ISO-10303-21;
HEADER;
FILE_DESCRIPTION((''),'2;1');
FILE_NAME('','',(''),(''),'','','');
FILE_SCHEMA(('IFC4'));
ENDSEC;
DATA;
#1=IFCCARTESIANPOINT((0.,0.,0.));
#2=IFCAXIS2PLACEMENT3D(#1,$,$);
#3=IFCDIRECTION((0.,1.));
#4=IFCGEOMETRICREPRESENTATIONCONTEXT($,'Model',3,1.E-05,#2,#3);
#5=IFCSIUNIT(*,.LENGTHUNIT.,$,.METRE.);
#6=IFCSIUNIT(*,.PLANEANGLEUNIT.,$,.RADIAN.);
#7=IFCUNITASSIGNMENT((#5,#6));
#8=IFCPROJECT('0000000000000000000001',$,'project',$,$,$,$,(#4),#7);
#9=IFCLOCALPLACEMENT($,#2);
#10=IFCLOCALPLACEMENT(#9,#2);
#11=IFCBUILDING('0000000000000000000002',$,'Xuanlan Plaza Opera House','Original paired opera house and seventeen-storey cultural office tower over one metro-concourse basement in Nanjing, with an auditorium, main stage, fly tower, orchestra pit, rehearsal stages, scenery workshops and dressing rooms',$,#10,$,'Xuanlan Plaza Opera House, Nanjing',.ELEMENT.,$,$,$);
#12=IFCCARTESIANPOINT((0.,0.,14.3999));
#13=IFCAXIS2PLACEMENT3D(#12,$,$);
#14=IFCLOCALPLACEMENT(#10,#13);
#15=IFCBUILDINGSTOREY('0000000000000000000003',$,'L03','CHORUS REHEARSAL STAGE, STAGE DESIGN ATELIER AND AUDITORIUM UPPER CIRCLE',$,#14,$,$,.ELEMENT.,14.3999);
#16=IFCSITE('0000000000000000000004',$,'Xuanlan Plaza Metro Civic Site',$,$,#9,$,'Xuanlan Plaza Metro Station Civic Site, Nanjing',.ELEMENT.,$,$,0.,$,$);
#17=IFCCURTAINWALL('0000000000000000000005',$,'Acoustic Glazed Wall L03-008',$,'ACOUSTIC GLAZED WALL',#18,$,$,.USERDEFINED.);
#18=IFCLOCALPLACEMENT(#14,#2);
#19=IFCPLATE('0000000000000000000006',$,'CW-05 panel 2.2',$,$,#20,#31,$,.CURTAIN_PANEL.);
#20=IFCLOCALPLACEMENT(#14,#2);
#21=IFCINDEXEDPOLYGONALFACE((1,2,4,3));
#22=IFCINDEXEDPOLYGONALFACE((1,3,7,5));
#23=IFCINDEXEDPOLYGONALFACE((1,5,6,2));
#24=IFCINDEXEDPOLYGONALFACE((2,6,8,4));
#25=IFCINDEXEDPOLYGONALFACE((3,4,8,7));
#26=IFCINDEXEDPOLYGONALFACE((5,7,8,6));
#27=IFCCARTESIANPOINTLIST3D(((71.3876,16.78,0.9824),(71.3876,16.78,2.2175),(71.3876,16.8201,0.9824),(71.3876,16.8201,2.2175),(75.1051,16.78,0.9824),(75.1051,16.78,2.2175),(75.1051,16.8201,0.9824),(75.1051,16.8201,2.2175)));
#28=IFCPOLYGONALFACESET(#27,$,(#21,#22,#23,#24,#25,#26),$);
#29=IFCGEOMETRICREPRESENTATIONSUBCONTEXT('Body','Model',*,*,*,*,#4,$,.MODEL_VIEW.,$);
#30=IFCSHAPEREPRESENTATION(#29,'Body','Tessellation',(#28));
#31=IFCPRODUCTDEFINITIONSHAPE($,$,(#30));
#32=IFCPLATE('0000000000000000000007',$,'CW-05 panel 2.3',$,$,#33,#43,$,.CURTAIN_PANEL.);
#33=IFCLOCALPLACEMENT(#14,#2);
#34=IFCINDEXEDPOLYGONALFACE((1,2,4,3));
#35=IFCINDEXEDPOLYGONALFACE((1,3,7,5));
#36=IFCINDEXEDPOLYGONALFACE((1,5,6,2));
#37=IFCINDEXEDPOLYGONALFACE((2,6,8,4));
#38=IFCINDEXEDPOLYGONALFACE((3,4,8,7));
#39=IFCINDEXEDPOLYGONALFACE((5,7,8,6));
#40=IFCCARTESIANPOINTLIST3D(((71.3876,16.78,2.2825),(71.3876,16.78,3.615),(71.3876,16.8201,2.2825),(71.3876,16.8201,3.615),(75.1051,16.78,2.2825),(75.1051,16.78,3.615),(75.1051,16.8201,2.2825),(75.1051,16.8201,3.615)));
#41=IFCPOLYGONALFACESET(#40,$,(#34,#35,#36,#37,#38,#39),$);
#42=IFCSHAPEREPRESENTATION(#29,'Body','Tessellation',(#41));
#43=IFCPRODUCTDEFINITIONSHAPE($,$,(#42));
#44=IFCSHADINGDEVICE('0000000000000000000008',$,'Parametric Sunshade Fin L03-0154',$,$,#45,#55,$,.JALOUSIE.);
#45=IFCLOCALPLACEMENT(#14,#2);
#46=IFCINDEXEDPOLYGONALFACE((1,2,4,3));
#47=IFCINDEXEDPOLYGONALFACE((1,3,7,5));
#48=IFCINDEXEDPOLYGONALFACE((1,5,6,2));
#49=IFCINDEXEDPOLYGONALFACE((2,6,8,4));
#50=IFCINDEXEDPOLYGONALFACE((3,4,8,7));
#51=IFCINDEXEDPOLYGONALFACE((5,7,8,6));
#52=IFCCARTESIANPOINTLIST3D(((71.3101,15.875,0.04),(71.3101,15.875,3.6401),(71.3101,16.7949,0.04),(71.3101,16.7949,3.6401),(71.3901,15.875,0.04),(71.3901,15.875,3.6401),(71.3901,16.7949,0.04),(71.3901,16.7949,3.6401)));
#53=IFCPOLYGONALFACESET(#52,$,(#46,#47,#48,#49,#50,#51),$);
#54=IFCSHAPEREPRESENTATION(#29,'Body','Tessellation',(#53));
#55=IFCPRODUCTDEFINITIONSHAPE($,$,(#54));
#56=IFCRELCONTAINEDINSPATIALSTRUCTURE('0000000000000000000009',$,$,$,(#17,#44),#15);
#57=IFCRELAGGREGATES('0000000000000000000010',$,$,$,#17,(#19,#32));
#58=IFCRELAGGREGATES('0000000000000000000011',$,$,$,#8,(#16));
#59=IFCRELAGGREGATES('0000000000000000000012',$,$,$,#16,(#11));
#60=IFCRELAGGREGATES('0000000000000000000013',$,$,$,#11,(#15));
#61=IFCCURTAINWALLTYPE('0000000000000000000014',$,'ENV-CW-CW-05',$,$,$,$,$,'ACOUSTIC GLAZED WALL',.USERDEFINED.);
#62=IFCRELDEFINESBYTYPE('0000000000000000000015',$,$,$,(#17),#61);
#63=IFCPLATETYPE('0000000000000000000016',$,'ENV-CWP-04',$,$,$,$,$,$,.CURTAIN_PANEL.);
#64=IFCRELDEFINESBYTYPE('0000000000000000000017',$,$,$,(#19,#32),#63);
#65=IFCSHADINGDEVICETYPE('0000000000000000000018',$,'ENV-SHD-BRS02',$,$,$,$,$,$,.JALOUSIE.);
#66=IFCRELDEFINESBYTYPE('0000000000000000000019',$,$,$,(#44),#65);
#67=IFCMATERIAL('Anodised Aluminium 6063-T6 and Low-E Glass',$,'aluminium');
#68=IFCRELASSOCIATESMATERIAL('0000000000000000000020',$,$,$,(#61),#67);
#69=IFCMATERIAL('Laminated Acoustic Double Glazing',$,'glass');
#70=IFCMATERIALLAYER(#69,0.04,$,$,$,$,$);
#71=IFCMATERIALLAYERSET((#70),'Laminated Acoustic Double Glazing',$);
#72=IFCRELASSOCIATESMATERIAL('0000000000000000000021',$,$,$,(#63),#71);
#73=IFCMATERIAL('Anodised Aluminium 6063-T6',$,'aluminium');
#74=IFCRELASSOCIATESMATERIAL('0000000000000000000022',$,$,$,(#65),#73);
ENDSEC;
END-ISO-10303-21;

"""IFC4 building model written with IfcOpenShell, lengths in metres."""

from ifc_helpers import new_model, si_unit, direction, frame, origin, origin_2d, place, context, subcontext, project, spatial, rectangle, extrude, material, layer, layer_set, type_object, element, aggregate, save


model = new_model("IFC4")

# Units and contexts
model_context = context("Model", 3, precision=1e-05, world=origin(), true_north=direction((0.0, 1.0)))
body_context = subcontext(model_context, "Body", "Model", "MODEL_VIEW")
ifc_project = project(units=[si_unit("LENGTHUNIT", "METRE"), si_unit("PLANEANGLEUNIT", "RADIAN")], contexts=[model_context])

# Site, building, storey
site_placement = place(None, origin())
site = spatial("IfcSite", under=ifc_project, at=site_placement, Name="Xuanlan Plaza Metro Civic Site", LongName="Xuanlan Plaza Metro Station Civic Site, Nanjing", CompositionType="ELEMENT", RefElevation=0.0)
building_placement = place(site_placement, origin())
building = spatial("IfcBuilding", under=site, at=building_placement, Name="Xuanlan Plaza Opera House", Description="Original paired opera house and seventeen-storey cultural office tower over one metro-concourse basement in Nanjing, with an auditorium, main stage, fly tower, orchestra pit, rehearsal stages, scenery workshops and dressing rooms", LongName="Xuanlan Plaza Opera House, Nanjing", CompositionType="ELEMENT")
storey_placement = place(building_placement, frame((0.0, 0.0, 14.3999)))
storey = spatial("IfcBuildingStorey", under=building, at=storey_placement, Name="L03", Description="CHORUS REHEARSAL STAGE, STAGE DESIGN ATELIER AND AUDITORIUM UPPER CIRCLE", CompositionType="ELEMENT", Elevation=14.3999)

# Shared definitions
ifc_material_1 = material(Name="Anodised Aluminium 6063-T6 and Low-E Glass", Category="aluminium")
ifc_material_2 = material(Name="Anodised Aluminium 6063-T6", Category="aluminium")

# Curtain wall
curtain_wall_type_1 = type_object("IfcCurtainWallType", Name="ENV-CW-CW-05", ElementType="ACOUSTIC GLAZED WALL", PredefinedType="USERDEFINED", material=ifc_material_1)
curtain_wall_1_placement = place(storey_placement, origin())
curtain_wall_1 = element("IfcCurtainWall", 1, at=curtain_wall_1_placement, inside=storey, type_object=curtain_wall_type_1, Name="Acoustic Glazed Wall L03-008", ObjectType="ACOUSTIC GLAZED WALL", PredefinedType="USERDEFINED")

# Plates
ifc_material_3 = material(Name="Laminated Acoustic Double Glazing", Category="glass")
ifc_layer_1 = layer(ifc_material_3, 0.04)
ifc_layer_set_1 = layer_set([ifc_layer_1], Name="Laminated Acoustic Double Glazing")
plate_type_1 = type_object("IfcPlateType", Name="ENV-CWP-04", PredefinedType="CURTAIN_PANEL", material=ifc_layer_set_1)
plate_1_placement = place(storey_placement, frame((73.2463, 16.8, 0.9824), z_axis=(0.0, 0.0, 1.0), x_axis=(1.0, 0.0, 0.0)))
plate_1 = element("IfcPlate", 2, at=plate_1_placement, type_object=plate_type_1, Name="CW-05 panel 2.2", PredefinedType="CURTAIN_PANEL", context=body_context, shape_type="SweptSolid", body=[
    extrude(rectangle(XDim=3.7175, YDim=0.04, at=origin_2d()), origin(), (0.0, 0.0, 1.0), 1.2351),
])
plate_2_placement = place(storey_placement, frame((73.2463, 16.8, 2.2825), z_axis=(0.0, 0.0, 1.0), x_axis=(1.0, 0.0, 0.0)))
plate_2 = element("IfcPlate", 3, at=plate_2_placement, type_object=plate_type_1, Name="CW-05 panel 2.3", PredefinedType="CURTAIN_PANEL", context=body_context, shape_type="SweptSolid", body=[
    extrude(rectangle(XDim=3.7175, YDim=0.04, at=origin_2d()), origin(), (0.0, 0.0, 1.0), 1.3325),
])
aggregate(curtain_wall_1, [plate_1, plate_2])

# Shading device
shading_device_type = type_object("IfcShadingDeviceType", Name="ENV-SHD-BRS02", PredefinedType="JALOUSIE", material=ifc_material_2)
shading_device_placement = place(storey_placement, frame((71.3501, 16.335, 0.04), z_axis=(0.0, 0.0, 1.0), x_axis=(0.0, -1.0, 0.0)))
element("IfcShadingDevice", 4, at=shading_device_placement, inside=storey, type_object=shading_device_type, Name="Parametric Sunshade Fin L03-0154", PredefinedType="JALOUSIE", context=body_context, shape_type="SweptSolid", body=[
    extrude(rectangle(XDim=0.9199, YDim=0.0801, at=origin_2d()), origin(), (0.0, 0.0, 1.0), 3.6001),
])

save(model, "model.ifc")
